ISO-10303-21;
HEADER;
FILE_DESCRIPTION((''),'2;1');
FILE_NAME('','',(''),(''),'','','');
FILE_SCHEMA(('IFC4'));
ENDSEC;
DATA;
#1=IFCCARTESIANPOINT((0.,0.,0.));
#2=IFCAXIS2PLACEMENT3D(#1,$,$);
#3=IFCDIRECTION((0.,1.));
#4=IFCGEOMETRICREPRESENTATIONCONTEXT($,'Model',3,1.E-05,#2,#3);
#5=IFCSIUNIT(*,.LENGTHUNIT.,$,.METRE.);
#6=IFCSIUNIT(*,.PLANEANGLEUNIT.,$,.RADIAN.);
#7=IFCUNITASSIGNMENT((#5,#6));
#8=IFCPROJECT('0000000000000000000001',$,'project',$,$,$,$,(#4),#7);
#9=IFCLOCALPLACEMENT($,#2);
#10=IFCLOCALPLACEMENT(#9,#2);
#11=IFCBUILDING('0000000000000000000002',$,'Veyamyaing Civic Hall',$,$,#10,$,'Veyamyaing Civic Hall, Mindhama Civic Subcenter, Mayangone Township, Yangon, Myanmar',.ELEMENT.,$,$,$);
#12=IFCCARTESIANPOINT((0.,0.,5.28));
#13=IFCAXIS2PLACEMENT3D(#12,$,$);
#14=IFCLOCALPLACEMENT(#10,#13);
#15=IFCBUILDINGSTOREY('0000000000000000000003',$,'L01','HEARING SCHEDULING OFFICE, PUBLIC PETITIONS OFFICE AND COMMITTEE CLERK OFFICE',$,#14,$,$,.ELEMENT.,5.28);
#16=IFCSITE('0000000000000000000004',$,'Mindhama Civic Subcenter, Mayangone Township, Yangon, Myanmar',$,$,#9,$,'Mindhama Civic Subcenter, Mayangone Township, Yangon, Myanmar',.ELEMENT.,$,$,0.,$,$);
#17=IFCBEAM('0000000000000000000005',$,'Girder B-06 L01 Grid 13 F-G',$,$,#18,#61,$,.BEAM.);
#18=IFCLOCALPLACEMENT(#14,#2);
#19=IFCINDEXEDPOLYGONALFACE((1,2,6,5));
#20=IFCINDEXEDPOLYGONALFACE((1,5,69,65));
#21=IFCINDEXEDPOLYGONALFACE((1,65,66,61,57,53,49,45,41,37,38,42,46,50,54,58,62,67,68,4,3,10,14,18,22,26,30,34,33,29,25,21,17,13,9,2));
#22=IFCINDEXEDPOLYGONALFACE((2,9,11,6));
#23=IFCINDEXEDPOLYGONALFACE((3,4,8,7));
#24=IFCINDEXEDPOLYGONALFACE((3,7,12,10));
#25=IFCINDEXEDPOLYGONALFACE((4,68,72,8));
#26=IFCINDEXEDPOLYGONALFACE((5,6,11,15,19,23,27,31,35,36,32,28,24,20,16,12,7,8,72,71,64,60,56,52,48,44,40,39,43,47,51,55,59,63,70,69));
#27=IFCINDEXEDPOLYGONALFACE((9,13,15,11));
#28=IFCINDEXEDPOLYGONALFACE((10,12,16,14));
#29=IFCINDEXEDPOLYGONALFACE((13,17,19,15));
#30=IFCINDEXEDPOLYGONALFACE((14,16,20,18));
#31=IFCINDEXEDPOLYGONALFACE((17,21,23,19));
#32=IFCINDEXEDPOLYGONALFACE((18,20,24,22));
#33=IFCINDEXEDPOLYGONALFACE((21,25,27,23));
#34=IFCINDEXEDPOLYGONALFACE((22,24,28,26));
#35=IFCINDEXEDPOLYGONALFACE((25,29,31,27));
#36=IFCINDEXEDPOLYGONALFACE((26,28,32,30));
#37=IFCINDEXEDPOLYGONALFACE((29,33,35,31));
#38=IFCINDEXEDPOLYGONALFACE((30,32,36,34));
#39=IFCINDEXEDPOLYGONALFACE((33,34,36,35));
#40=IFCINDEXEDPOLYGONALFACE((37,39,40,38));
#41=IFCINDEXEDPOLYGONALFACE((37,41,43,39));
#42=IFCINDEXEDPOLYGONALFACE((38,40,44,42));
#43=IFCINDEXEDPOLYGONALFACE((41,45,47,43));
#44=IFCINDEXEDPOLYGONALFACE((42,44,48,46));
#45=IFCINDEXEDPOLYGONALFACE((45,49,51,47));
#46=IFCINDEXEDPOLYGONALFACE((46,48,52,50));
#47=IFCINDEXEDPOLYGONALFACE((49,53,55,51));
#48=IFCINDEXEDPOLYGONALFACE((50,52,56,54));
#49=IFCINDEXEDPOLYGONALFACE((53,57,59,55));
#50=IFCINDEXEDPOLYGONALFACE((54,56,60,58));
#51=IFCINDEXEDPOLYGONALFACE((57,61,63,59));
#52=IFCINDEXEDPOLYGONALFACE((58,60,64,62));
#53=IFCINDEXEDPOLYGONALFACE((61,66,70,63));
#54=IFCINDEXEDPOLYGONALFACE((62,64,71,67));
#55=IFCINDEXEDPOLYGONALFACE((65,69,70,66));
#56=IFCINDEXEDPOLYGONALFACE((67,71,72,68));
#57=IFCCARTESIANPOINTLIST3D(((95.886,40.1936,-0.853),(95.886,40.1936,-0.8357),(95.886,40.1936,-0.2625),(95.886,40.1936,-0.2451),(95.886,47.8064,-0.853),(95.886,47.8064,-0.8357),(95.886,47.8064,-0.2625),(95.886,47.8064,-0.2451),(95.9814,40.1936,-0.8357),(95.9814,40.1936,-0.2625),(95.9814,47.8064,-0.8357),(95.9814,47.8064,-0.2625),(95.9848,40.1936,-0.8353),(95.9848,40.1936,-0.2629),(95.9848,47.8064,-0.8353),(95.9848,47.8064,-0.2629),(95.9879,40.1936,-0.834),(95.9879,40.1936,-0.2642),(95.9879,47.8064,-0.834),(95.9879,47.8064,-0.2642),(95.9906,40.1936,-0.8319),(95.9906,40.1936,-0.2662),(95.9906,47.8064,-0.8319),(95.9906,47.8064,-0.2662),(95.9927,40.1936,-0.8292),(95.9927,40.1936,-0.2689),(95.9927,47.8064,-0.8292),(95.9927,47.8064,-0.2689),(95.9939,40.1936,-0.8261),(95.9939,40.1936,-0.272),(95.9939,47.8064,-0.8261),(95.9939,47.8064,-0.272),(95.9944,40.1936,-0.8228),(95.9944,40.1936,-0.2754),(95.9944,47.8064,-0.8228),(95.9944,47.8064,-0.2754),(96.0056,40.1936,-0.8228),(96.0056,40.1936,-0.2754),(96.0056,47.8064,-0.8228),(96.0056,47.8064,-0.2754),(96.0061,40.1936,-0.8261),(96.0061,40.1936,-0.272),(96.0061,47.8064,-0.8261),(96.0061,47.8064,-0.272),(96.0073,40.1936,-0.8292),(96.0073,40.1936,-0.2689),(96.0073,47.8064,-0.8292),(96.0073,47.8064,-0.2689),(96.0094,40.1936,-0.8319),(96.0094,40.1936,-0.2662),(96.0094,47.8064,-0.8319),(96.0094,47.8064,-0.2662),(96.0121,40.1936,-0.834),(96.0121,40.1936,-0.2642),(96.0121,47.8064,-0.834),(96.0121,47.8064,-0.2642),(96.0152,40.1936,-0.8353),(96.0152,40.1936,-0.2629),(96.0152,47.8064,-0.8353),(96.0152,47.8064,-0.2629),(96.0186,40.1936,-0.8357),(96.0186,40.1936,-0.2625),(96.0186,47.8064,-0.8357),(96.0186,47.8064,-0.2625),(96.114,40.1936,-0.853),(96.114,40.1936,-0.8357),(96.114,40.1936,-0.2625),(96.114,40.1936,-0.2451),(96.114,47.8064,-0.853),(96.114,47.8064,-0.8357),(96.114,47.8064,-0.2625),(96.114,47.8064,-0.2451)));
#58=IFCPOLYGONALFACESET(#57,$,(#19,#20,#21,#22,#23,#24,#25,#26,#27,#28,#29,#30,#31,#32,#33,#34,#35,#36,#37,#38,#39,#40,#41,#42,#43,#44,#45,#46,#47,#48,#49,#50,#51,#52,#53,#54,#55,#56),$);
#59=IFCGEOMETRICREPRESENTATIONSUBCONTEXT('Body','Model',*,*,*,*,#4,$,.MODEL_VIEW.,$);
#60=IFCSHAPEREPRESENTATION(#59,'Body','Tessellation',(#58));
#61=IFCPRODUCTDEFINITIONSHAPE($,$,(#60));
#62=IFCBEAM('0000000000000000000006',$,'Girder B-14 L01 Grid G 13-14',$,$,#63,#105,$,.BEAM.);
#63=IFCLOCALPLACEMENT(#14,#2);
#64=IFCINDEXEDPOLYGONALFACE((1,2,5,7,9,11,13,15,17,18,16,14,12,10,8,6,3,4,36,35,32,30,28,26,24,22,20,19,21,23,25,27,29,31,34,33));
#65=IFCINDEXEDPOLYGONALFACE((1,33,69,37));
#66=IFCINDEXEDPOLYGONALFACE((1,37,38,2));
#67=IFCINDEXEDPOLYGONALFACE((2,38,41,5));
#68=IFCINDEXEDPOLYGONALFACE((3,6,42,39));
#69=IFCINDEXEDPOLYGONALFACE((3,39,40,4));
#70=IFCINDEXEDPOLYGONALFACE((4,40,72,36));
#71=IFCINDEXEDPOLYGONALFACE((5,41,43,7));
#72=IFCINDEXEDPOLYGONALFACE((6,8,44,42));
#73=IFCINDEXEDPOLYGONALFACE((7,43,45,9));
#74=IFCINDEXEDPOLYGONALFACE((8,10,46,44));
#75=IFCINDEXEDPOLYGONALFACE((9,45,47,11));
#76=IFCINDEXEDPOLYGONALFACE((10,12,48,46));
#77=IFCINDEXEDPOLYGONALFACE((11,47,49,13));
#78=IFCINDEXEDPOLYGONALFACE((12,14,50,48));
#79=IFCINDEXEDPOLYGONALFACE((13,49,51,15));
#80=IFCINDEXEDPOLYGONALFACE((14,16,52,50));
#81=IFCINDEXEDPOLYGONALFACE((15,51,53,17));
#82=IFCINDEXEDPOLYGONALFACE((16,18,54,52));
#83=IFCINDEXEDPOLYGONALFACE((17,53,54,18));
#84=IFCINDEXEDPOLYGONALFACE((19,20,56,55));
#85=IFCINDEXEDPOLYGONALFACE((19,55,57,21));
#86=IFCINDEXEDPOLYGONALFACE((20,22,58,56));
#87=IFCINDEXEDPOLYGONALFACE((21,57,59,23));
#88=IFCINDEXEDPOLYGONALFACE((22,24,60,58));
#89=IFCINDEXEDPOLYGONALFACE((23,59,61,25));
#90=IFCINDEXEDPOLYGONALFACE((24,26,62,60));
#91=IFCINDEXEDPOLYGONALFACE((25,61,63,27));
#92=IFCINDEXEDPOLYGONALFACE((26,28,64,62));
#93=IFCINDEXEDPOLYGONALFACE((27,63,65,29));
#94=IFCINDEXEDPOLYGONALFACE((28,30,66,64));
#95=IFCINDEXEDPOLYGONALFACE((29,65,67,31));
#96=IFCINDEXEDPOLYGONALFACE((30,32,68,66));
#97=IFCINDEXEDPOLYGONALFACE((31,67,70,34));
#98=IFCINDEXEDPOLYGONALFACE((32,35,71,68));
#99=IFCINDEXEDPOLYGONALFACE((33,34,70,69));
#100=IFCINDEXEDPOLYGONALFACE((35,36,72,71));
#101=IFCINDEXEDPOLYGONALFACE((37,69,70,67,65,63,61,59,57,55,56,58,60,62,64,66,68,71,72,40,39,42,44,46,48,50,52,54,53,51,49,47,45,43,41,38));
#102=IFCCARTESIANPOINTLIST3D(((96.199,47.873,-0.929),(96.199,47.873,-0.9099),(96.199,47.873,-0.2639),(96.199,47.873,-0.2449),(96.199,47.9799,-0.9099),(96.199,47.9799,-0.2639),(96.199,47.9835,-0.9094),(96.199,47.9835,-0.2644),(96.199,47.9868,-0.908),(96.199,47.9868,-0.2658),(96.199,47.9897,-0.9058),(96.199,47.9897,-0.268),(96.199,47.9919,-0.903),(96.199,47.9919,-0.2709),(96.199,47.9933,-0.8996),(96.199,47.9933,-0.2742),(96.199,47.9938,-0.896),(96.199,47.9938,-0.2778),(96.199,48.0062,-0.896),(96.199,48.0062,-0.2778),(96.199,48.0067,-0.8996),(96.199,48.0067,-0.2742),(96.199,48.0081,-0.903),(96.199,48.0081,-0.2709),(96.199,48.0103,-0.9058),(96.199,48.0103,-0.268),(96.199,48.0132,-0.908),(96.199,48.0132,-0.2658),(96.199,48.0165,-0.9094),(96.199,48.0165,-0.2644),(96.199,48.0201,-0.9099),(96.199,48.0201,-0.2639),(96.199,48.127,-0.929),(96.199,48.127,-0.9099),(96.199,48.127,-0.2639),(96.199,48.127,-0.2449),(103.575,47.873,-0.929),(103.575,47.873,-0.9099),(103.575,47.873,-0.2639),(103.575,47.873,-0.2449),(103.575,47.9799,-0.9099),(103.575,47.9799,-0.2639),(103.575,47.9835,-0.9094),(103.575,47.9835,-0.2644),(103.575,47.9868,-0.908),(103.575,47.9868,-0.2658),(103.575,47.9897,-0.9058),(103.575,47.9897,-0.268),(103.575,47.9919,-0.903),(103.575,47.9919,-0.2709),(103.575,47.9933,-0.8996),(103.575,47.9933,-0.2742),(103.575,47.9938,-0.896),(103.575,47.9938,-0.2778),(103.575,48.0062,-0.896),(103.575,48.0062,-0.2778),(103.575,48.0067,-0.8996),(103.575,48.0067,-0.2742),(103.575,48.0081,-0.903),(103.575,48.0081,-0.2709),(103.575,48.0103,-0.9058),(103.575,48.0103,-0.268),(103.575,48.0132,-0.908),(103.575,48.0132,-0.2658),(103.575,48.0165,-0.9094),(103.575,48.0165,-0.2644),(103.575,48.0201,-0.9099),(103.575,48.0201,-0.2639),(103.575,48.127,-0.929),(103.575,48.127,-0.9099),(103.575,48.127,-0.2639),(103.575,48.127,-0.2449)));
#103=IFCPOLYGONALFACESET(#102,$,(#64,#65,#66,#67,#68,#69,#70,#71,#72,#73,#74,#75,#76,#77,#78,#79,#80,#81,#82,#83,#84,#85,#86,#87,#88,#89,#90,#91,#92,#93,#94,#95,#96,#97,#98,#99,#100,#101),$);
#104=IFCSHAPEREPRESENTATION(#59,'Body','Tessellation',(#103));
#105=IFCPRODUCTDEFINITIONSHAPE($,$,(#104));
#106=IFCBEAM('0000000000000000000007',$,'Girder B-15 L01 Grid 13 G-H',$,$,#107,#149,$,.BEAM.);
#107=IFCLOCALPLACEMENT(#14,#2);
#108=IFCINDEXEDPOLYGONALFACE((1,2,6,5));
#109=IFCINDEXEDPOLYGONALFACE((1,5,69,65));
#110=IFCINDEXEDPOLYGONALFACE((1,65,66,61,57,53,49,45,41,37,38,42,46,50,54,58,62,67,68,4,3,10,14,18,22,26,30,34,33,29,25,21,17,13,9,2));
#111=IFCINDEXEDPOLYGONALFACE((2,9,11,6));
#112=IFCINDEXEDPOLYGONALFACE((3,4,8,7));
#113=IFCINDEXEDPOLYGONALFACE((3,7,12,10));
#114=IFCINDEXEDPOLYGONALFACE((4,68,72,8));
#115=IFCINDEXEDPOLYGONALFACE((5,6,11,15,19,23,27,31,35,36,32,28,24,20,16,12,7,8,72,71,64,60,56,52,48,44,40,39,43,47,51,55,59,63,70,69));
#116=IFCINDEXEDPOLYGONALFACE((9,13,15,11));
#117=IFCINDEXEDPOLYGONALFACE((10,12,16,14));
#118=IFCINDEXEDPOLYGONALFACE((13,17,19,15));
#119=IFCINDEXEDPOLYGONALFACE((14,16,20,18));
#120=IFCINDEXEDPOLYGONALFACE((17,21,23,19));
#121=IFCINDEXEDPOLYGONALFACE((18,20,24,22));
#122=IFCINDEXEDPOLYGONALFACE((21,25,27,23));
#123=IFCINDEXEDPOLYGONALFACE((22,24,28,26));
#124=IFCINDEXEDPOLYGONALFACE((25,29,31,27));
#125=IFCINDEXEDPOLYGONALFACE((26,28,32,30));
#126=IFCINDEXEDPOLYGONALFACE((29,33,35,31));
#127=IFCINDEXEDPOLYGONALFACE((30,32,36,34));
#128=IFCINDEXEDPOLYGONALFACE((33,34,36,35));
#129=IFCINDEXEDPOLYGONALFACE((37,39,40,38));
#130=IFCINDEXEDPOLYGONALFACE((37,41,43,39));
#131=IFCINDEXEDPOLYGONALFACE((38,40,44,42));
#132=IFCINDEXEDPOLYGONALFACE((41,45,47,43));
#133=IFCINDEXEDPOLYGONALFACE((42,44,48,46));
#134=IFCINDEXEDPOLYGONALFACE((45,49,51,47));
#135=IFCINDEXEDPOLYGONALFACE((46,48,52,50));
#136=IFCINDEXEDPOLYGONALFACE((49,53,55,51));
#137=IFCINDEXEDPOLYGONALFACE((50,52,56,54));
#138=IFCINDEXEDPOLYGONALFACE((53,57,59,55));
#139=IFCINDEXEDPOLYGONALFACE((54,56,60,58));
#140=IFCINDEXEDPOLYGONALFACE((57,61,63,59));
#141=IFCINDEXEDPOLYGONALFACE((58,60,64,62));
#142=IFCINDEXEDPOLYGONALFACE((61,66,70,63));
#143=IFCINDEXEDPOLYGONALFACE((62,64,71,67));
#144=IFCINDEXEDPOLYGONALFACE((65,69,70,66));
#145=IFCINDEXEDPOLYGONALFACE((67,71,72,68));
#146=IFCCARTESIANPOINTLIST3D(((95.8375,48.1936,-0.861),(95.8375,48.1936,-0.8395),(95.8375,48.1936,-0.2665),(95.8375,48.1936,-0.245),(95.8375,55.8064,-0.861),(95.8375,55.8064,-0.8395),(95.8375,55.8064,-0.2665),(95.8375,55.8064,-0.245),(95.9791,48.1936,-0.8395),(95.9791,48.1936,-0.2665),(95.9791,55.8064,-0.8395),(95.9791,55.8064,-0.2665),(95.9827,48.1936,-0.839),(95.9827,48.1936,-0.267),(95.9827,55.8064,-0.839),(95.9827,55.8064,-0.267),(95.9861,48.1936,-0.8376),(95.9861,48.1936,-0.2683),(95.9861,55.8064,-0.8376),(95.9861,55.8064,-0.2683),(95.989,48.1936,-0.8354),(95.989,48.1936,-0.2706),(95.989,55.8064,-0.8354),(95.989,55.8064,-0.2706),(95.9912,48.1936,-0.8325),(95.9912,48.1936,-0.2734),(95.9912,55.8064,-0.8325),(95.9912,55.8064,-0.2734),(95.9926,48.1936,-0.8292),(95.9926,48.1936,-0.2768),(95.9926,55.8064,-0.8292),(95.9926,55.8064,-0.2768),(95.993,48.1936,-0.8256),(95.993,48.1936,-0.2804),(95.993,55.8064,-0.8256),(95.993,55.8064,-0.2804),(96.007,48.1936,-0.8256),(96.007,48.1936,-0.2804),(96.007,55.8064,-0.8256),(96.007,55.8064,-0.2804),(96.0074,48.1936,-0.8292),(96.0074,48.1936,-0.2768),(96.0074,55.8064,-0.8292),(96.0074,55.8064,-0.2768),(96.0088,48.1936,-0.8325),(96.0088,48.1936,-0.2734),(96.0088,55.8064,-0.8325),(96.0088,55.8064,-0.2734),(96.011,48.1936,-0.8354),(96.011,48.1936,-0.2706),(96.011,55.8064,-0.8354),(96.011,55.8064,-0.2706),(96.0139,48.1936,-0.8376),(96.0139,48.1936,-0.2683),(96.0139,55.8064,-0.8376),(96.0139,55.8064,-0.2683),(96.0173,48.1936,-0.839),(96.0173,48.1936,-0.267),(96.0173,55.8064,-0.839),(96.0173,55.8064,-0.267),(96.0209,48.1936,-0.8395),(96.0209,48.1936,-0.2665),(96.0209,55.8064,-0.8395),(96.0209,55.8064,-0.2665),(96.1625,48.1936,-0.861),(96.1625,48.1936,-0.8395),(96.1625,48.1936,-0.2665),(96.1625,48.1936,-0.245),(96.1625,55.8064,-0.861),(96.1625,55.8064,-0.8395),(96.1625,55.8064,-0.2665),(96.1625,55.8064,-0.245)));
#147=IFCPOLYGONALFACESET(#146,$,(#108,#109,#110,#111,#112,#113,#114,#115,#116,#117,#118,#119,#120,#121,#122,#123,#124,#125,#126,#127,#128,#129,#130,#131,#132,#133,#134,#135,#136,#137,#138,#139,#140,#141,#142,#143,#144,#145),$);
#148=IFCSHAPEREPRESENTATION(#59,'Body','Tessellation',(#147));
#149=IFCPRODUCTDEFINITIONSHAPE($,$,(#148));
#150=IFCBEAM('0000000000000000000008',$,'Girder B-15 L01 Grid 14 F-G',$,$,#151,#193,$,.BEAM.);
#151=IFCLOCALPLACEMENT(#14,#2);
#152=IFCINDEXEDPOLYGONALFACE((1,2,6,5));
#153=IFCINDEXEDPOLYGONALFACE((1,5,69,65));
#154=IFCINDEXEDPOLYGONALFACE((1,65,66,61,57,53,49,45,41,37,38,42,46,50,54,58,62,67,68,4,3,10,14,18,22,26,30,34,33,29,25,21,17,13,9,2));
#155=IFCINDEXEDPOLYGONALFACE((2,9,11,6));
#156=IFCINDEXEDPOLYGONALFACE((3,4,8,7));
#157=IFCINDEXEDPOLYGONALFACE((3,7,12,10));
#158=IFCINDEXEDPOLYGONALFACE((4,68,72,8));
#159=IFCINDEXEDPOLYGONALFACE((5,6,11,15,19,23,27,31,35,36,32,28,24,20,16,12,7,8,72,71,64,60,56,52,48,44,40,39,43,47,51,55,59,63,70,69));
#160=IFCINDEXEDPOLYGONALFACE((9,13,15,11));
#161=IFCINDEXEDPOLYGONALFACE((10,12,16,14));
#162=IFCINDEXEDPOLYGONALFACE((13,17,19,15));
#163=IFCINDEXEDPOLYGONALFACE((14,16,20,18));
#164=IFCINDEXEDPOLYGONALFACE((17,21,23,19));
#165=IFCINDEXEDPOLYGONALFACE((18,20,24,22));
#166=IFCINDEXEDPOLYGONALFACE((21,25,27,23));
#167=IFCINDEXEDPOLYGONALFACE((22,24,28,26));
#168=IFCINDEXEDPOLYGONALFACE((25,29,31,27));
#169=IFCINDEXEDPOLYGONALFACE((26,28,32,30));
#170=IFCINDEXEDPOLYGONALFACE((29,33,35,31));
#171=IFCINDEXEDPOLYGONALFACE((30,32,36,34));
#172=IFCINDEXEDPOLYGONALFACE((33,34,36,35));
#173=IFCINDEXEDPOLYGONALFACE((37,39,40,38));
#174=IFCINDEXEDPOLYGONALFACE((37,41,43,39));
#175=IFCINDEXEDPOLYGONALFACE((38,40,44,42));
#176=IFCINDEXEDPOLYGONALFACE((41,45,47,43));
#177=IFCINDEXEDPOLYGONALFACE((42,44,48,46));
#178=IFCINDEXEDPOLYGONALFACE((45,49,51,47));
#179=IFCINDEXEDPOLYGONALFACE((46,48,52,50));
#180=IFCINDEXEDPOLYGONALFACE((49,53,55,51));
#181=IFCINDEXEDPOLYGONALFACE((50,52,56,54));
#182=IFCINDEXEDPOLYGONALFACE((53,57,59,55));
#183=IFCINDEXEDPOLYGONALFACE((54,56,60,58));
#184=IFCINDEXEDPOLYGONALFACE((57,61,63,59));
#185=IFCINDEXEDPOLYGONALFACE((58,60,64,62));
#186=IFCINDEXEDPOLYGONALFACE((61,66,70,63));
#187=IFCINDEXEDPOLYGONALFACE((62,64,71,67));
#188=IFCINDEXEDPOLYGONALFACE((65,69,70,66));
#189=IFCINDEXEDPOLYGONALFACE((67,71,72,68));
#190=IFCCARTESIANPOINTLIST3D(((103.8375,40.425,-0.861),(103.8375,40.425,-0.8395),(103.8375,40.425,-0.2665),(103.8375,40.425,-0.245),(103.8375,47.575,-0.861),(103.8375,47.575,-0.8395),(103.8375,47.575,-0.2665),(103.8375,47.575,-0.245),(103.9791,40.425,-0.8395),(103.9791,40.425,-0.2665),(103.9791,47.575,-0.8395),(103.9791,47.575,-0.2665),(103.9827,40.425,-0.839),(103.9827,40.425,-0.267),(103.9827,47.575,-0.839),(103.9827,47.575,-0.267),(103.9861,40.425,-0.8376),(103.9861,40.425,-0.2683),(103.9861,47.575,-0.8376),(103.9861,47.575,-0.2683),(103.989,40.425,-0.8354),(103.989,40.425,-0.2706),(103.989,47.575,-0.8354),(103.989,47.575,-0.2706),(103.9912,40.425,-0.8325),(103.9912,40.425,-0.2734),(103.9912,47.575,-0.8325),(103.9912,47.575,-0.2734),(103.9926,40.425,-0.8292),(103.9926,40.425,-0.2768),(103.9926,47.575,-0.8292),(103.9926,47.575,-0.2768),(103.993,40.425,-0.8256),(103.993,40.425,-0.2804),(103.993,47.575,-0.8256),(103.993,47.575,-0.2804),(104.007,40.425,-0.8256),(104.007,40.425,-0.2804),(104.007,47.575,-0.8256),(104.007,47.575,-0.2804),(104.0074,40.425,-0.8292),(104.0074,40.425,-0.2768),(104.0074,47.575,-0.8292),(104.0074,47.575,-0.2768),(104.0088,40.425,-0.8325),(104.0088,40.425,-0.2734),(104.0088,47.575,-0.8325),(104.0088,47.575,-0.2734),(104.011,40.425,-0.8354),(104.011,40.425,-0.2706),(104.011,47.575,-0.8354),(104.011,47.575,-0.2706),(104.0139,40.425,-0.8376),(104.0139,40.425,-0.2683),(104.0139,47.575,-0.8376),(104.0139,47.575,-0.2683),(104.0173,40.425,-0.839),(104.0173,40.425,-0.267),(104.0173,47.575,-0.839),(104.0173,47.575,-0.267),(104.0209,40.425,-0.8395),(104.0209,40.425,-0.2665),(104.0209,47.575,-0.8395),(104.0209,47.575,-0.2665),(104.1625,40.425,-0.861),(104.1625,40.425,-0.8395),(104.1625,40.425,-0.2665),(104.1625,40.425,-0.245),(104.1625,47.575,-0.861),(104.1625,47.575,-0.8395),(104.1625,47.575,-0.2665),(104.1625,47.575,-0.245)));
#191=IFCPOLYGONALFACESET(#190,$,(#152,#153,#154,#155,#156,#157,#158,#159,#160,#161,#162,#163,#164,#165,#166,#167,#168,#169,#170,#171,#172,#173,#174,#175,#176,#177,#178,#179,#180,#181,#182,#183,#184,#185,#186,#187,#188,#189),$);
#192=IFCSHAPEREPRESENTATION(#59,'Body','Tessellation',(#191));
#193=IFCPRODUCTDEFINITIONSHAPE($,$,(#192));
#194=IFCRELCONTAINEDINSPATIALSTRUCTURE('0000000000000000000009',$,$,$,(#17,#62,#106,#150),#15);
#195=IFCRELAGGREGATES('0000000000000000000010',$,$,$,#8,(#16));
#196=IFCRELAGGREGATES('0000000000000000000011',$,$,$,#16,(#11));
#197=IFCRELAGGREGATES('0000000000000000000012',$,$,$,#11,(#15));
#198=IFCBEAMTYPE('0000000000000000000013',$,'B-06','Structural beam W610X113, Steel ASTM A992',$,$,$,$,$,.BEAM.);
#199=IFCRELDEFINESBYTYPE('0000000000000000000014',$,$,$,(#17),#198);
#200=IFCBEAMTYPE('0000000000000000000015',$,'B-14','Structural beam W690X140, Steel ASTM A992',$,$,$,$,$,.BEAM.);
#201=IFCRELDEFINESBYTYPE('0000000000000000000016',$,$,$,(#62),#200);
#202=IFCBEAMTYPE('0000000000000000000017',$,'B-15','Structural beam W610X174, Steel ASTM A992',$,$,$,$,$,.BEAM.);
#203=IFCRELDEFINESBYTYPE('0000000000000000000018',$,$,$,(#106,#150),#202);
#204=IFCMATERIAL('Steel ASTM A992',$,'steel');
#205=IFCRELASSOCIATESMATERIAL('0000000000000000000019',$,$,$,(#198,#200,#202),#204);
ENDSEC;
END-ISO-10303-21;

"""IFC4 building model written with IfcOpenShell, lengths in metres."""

from ifc_helpers import new_model, si_unit, direction, frame, origin, origin_2d, place, context, subcontext, project, spatial, i_section, extrude, material, material_profile, profile_set, type_object, element, save


model = new_model("IFC4")

# Units and contexts
model_context = context("Model", 3, precision=1e-05, world=origin(), true_north=direction((0.0, 1.0)))
body_context = subcontext(model_context, "Body", "Model", "MODEL_VIEW")
ifc_project = project(units=[si_unit("LENGTHUNIT", "METRE"), si_unit("PLANEANGLEUNIT", "RADIAN")], contexts=[model_context])

# Site, building, storey
site_placement = place(None, origin())
site = spatial("IfcSite", under=ifc_project, at=site_placement, Name="Mindhama Civic Subcenter, Mayangone Township, Yangon, Myanmar", LongName="Mindhama Civic Subcenter, Mayangone Township, Yangon, Myanmar", CompositionType="ELEMENT", RefElevation=0.0)
building_placement = place(site_placement, origin())
building = spatial("IfcBuilding", under=site, at=building_placement, Name="Veyamyaing Civic Hall", LongName="Veyamyaing Civic Hall, Mindhama Civic Subcenter, Mayangone Township, Yangon, Myanmar", CompositionType="ELEMENT")
storey_placement = place(building_placement, frame((0.0, 0.0, 5.28)))
storey = spatial("IfcBuildingStorey", under=building, at=storey_placement, Name="L01", Description="HEARING SCHEDULING OFFICE, PUBLIC PETITIONS OFFICE AND COMMITTEE CLERK OFFICE", CompositionType="ELEMENT", Elevation=5.28)

# Beams
ifc_material_1 = material(Name="Steel ASTM A992", Category="steel")
ifc_material_profile_1 = material_profile(ifc_material_1, i_section(OverallWidth=0.228, OverallDepth=0.6079, WebThickness=0.0112, FlangeThickness=0.0173, FilletRadius=0.0129, at=origin_2d()), Name="W610X113")
ifc_profile_set_1 = profile_set([ifc_material_profile_1], Name="Steel ASTM A992")
beam_type_1 = type_object("IfcBeamType", Name="B-06", Description="Structural beam W610X113, Steel ASTM A992", PredefinedType="BEAM", material=ifc_profile_set_1)
beam_1_placement = place(storey_placement, frame((96.0, 40.1936, -0.5491), z_axis=(0.0, 1.0, 0.0), x_axis=(-1.0, 0.0, 0.0)))
element("IfcBeam", 1, at=beam_1_placement, inside=storey, type_object=beam_type_1, Name="Girder B-06 L01 Grid 13 F-G", PredefinedType="BEAM", context=body_context, shape_type="SweptSolid", body=[
    extrude(i_section(OverallWidth=0.228, OverallDepth=0.6079, WebThickness=0.0112, FlangeThickness=0.0173, FilletRadius=0.0129, at=origin_2d()), origin(), (0.0, 0.0, 1.0), 7.6128),
])
ifc_material_profile_2 = material_profile(ifc_material_1, i_section(OverallWidth=0.2539, OverallDepth=0.6841, WebThickness=0.0125, FlangeThickness=0.019, FilletRadius=0.0139, at=origin_2d()), Name="W690X140")
ifc_profile_set_2 = profile_set([ifc_material_profile_2], Name="Steel ASTM A992")
beam_type_2 = type_object("IfcBeamType", Name="B-14", Description="Structural beam W690X140, Steel ASTM A992", PredefinedType="BEAM", material=ifc_profile_set_2)
beam_2_placement = place(storey_placement, frame((96.199, 48.0, -0.5869), z_axis=(1.0, 0.0, 0.0), x_axis=(0.0, 1.0, 0.0)))
element("IfcBeam", 2, at=beam_2_placement, inside=storey, type_object=beam_type_2, Name="Girder B-14 L01 Grid G 13-14", PredefinedType="BEAM", context=body_context, shape_type="SweptSolid", body=[
    extrude(i_section(OverallWidth=0.2539, OverallDepth=0.6841, WebThickness=0.0125, FlangeThickness=0.019, FilletRadius=0.0139, at=origin_2d()), origin(), (0.0, 0.0, 1.0), 7.376),
])
ifc_material_profile_3 = material_profile(ifc_material_1, i_section(OverallWidth=0.325, OverallDepth=0.616, WebThickness=0.0139, FlangeThickness=0.0215, FilletRadius=0.0139, at=origin_2d()), Name="W610X174")
ifc_profile_set_3 = profile_set([ifc_material_profile_3], Name="Steel ASTM A992")
beam_type_3 = type_object("IfcBeamType", Name="B-15", Description="Structural beam W610X174, Steel ASTM A992", PredefinedType="BEAM", material=ifc_profile_set_3)
beam_3_placement = place(storey_placement, frame((96.0, 48.1936, -0.553), z_axis=(0.0, 1.0, 0.0), x_axis=(-1.0, 0.0, 0.0)))
element("IfcBeam", 3, at=beam_3_placement, inside=storey, type_object=beam_type_3, Name="Girder B-15 L01 Grid 13 G-H", PredefinedType="BEAM", context=body_context, shape_type="SweptSolid", body=[
    extrude(i_section(OverallWidth=0.325, OverallDepth=0.616, WebThickness=0.0139, FlangeThickness=0.0215, FilletRadius=0.0139, at=origin_2d()), origin(), (0.0, 0.0, 1.0), 7.6128),
])
beam_4_placement = place(storey_placement, frame((104.0, 40.425, -0.553), z_axis=(0.0, 1.0, 0.0), x_axis=(-1.0, 0.0, 0.0)))
element("IfcBeam", 4, at=beam_4_placement, inside=storey, type_object=beam_type_3, Name="Girder B-15 L01 Grid 14 F-G", PredefinedType="BEAM", context=body_context, shape_type="SweptSolid", body=[
    extrude(i_section(OverallWidth=0.325, OverallDepth=0.616, WebThickness=0.0139, FlangeThickness=0.0215, FilletRadius=0.0139, at=origin_2d()), origin(), (0.0, 0.0, 1.0), 7.1499),
])

save(model, "model.ifc")
